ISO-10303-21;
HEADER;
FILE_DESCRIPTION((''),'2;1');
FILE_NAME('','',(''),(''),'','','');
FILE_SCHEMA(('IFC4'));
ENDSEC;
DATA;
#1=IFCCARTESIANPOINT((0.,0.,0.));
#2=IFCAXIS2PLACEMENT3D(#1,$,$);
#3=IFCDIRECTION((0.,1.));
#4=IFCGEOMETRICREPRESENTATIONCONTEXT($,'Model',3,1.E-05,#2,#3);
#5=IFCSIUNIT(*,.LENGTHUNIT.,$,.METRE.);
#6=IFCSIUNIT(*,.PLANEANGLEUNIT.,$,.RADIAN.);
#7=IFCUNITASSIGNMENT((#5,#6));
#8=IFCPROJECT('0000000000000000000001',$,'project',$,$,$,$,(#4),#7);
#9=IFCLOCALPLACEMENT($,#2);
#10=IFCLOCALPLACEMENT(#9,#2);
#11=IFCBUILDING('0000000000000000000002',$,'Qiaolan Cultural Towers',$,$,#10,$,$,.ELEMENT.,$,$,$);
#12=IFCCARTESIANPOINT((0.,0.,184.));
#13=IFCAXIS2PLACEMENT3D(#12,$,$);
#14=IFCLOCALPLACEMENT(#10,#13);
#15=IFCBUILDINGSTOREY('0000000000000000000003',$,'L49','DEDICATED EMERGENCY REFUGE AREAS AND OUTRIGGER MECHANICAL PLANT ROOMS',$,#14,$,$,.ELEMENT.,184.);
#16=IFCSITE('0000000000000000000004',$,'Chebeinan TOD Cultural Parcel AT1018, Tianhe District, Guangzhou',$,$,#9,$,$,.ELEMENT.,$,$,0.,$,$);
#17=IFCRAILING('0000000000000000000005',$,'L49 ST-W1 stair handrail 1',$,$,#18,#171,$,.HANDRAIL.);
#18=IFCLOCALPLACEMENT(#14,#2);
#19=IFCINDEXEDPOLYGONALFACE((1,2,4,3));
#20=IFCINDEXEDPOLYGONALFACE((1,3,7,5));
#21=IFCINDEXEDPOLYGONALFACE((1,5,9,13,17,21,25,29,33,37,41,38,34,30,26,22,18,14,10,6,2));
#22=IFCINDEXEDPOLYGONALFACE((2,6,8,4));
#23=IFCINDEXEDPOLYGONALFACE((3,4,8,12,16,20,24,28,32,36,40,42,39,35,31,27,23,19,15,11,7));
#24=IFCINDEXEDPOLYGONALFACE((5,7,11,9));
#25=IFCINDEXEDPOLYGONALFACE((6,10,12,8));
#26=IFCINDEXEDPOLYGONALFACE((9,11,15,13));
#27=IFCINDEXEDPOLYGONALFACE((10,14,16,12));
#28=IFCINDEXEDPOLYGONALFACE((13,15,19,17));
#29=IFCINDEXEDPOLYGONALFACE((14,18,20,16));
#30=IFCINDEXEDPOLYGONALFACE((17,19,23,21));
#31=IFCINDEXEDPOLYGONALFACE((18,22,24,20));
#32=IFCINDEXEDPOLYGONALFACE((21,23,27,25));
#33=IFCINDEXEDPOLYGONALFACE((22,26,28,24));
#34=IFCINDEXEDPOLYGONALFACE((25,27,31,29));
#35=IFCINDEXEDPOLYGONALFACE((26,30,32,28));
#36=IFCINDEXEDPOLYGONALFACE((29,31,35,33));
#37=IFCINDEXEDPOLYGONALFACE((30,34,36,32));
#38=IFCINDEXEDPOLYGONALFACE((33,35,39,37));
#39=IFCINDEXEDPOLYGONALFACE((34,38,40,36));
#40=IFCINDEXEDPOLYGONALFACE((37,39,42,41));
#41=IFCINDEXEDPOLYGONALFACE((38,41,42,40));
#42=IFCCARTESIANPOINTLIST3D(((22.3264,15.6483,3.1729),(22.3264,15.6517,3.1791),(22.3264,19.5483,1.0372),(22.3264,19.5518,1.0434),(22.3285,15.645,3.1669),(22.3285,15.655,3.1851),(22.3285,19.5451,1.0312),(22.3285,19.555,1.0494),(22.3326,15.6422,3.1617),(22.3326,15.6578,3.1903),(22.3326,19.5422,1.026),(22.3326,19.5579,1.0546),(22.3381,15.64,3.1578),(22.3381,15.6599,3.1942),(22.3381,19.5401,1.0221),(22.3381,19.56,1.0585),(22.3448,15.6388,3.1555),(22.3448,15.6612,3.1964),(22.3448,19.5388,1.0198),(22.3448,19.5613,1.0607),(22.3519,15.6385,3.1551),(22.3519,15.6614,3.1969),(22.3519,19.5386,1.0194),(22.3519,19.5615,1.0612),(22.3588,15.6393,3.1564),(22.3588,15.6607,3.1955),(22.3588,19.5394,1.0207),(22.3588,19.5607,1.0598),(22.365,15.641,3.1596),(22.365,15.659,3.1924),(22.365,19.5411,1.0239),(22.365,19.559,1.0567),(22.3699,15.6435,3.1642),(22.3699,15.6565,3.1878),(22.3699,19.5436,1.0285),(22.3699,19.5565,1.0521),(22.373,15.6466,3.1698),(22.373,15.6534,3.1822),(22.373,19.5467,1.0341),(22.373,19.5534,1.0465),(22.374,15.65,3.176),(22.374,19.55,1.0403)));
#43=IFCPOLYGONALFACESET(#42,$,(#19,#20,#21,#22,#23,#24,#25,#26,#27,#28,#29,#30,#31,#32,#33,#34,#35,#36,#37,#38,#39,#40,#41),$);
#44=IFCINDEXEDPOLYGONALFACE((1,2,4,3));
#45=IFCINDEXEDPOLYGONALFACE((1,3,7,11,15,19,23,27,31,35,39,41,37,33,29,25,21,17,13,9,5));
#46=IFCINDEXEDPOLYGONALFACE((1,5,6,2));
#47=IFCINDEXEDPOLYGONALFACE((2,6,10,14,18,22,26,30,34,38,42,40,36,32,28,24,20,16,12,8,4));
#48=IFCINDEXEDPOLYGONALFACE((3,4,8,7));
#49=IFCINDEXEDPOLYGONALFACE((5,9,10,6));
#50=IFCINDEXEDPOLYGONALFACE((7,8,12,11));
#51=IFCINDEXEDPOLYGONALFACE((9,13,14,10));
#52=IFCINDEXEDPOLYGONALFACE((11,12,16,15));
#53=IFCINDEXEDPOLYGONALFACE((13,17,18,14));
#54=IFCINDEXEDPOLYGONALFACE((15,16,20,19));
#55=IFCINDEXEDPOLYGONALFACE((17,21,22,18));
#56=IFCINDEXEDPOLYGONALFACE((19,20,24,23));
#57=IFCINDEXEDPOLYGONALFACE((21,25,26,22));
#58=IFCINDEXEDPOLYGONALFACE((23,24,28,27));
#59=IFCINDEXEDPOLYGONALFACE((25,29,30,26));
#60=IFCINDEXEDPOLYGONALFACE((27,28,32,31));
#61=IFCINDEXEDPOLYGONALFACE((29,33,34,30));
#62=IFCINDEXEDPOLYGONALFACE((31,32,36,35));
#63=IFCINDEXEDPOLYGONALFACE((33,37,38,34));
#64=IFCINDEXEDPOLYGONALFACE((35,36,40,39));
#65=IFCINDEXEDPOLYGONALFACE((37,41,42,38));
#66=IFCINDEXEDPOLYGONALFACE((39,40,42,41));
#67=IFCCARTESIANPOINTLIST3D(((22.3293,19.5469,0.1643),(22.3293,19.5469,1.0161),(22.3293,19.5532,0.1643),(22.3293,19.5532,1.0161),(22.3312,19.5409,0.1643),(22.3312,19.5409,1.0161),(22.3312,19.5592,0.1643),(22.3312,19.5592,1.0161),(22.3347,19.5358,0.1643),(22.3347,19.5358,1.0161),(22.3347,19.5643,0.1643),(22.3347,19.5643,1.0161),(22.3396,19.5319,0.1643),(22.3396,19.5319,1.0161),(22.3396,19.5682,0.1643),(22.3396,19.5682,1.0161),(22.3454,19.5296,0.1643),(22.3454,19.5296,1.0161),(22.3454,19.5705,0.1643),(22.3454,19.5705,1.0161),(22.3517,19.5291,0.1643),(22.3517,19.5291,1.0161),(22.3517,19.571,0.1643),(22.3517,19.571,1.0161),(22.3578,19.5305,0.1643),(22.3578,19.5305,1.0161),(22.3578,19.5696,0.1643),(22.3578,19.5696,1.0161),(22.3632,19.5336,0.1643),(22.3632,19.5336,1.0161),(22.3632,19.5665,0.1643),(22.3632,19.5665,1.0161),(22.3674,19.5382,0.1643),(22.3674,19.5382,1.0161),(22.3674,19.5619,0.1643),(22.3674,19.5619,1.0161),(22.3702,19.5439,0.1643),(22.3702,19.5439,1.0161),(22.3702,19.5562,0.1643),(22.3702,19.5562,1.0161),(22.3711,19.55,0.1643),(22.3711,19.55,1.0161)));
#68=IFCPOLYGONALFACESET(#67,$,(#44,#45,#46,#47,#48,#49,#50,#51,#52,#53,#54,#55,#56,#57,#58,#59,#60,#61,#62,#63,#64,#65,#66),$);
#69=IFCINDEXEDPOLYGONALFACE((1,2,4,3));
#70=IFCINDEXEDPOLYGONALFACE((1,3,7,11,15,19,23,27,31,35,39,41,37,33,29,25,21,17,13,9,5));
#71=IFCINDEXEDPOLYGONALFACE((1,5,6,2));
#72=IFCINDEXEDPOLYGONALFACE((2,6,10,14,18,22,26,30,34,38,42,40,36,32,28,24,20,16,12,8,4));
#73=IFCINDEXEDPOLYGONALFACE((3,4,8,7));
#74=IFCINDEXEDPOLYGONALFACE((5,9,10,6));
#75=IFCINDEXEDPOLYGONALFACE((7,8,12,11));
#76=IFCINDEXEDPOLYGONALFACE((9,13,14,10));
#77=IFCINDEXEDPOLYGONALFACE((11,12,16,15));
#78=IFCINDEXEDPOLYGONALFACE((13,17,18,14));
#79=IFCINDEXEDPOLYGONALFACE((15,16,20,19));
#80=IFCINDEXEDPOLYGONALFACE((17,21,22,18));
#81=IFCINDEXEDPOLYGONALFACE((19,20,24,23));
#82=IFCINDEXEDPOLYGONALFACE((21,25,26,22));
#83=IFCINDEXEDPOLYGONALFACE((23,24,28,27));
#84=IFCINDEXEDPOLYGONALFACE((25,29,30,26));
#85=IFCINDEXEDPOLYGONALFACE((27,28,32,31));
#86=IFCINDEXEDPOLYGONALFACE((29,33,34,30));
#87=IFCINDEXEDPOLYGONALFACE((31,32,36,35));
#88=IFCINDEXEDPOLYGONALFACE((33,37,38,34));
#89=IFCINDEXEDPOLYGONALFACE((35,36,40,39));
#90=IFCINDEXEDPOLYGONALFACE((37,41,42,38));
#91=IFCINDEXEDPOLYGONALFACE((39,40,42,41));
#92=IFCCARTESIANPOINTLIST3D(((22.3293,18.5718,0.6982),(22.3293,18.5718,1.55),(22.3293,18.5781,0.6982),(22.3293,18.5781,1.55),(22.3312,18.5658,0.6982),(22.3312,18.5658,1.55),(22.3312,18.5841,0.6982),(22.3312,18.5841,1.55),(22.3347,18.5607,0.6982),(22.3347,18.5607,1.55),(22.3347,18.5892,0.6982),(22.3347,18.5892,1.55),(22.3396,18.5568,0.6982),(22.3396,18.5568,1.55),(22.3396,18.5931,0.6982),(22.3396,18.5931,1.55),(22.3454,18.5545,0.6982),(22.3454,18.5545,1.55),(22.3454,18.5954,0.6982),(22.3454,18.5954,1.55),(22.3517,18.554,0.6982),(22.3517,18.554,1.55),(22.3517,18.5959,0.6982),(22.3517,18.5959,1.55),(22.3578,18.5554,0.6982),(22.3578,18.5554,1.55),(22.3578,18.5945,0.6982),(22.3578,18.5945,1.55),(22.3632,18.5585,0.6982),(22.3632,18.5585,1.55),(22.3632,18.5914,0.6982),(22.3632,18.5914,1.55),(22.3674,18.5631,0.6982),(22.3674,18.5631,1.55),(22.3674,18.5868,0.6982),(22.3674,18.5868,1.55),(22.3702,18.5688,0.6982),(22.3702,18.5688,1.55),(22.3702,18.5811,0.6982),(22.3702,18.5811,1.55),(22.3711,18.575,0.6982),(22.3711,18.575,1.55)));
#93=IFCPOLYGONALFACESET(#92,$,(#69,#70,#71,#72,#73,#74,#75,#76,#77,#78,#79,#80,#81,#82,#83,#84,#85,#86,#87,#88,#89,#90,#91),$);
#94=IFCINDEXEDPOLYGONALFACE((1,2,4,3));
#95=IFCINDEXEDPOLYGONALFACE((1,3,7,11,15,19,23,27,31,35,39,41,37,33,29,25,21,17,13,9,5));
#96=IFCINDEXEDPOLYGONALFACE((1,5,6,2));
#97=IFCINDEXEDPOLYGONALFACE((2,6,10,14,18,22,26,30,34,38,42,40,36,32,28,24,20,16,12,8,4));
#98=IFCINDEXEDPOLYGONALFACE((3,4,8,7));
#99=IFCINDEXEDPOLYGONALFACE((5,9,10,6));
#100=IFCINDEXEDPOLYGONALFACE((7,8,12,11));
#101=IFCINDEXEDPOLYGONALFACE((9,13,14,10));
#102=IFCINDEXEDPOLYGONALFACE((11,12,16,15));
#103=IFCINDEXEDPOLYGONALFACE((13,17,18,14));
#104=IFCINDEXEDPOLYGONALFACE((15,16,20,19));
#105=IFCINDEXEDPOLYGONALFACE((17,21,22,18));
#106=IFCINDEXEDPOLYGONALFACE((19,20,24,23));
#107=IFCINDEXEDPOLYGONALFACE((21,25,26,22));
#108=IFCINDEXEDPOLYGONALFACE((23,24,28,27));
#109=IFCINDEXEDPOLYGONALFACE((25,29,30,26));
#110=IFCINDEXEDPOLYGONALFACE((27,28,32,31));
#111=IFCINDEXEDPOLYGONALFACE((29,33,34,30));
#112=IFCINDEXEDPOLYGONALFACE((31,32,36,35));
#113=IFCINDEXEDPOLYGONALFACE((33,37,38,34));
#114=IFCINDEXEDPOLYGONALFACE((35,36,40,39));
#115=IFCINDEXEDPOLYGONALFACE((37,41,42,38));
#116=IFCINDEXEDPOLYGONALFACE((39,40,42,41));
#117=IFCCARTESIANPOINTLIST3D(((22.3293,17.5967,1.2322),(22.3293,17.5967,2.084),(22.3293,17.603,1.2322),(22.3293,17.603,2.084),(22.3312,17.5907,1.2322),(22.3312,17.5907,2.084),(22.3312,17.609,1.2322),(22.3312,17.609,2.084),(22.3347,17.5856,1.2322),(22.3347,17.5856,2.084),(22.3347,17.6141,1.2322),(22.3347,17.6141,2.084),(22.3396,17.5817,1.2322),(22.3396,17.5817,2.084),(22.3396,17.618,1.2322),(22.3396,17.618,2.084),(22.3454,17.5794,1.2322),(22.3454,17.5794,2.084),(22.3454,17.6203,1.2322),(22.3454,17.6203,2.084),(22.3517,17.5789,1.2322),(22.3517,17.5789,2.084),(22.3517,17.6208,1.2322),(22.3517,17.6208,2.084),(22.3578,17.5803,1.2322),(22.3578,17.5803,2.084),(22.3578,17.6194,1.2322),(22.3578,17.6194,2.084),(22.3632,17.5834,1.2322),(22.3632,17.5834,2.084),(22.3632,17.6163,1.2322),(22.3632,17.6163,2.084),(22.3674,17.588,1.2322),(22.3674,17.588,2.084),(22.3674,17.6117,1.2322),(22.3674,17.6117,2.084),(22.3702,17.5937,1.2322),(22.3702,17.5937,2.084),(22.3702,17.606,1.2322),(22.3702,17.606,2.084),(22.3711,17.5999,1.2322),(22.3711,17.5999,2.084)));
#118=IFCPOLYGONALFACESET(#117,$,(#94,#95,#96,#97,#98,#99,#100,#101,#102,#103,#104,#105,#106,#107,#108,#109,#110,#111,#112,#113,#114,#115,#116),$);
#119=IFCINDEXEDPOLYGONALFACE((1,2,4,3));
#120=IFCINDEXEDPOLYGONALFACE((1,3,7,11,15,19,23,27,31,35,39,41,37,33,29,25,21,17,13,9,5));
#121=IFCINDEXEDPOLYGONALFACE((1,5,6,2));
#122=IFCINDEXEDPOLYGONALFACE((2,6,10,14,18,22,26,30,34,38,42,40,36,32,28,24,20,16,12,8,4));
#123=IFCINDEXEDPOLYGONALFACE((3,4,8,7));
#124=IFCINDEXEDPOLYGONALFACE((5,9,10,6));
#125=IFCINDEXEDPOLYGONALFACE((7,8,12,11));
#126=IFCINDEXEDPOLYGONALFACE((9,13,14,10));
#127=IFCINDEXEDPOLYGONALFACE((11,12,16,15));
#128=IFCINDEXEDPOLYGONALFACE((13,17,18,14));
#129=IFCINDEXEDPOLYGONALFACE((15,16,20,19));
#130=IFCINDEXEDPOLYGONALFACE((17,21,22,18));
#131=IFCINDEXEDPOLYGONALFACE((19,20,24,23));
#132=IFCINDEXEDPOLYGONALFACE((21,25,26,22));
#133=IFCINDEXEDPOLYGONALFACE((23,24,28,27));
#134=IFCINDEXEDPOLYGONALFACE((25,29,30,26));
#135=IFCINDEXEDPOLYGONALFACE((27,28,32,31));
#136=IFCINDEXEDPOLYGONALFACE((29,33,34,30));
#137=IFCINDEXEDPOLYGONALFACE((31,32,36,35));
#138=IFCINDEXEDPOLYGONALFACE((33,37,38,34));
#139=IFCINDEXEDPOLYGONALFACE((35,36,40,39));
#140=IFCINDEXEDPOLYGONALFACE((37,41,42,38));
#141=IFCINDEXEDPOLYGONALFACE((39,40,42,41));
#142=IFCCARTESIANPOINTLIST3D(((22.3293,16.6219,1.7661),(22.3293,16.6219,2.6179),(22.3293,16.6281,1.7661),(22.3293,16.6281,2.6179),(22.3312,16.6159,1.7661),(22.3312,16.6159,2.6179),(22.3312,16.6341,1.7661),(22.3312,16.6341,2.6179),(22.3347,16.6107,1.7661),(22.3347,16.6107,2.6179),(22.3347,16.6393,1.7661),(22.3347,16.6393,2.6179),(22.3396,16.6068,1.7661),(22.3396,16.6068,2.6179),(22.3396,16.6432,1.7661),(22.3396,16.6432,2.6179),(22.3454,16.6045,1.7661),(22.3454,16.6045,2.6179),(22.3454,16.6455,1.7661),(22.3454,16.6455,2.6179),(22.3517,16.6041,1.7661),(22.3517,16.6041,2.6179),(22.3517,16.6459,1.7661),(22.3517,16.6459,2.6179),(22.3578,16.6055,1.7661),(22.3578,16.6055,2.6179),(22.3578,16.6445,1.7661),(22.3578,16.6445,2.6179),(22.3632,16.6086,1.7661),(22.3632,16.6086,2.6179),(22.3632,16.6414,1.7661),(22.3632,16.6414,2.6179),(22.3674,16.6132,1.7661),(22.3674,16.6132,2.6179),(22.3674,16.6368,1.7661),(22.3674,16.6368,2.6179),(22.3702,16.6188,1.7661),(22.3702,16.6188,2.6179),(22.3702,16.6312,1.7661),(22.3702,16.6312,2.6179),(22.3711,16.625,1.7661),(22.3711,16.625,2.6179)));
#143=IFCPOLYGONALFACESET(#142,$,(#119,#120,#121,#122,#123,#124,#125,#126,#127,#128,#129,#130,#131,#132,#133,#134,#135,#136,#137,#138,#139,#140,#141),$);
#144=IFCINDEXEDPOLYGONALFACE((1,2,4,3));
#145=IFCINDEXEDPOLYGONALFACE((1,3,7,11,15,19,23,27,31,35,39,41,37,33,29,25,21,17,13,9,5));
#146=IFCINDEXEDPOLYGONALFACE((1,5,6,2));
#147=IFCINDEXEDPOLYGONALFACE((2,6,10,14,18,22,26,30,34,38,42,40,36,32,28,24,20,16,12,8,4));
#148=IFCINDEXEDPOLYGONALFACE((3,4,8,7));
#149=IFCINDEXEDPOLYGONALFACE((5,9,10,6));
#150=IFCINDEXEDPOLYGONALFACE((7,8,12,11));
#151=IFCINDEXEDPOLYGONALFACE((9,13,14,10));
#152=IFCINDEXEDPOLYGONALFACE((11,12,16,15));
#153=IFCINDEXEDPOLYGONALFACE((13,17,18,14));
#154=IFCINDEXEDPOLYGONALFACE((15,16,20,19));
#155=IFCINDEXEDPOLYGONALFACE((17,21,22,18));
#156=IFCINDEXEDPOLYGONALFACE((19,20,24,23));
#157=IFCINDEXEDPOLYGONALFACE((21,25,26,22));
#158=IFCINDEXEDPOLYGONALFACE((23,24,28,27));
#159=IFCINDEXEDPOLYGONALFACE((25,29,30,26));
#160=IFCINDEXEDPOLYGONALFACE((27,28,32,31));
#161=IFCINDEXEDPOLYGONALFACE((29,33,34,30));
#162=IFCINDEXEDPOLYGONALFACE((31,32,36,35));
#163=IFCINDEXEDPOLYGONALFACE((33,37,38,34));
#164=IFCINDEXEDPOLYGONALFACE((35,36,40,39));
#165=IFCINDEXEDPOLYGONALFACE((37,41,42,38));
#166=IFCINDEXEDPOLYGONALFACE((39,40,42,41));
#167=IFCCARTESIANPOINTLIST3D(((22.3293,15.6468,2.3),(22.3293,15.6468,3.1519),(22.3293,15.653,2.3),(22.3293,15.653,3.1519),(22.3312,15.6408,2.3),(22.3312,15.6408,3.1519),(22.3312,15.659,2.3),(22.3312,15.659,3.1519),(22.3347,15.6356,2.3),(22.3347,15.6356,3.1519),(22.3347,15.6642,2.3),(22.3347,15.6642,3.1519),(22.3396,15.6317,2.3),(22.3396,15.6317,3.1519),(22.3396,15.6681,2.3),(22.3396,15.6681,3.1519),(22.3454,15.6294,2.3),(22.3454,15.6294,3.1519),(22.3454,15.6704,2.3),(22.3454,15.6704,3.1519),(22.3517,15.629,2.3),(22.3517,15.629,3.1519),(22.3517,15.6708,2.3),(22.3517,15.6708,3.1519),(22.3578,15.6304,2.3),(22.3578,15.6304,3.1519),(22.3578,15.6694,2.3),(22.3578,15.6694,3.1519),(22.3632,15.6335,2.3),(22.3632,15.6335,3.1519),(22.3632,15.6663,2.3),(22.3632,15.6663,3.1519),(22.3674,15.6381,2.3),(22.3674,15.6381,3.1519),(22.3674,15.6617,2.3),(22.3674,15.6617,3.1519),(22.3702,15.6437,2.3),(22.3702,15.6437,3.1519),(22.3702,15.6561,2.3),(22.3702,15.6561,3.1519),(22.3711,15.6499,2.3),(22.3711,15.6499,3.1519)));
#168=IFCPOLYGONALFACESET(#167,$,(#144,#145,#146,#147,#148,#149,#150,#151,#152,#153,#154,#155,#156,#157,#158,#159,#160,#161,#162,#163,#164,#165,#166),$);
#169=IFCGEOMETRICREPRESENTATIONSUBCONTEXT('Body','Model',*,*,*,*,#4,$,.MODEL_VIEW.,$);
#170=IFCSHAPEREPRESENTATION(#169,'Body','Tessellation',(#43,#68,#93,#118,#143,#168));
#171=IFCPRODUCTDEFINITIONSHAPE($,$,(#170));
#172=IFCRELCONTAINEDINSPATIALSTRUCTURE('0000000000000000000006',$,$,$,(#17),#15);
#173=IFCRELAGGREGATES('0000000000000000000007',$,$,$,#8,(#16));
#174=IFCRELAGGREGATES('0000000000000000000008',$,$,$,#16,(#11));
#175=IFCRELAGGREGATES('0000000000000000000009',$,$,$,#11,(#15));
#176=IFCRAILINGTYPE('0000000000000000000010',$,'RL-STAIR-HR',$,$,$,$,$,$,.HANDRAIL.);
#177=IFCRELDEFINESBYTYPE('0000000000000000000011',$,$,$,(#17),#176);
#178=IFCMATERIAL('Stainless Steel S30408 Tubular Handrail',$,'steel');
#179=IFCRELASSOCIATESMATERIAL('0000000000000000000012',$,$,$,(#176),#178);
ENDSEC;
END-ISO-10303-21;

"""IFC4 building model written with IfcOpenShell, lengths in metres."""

from ifc_helpers import new_model, si_unit, direction, frame, origin, origin_2d, place, context, subcontext, project, spatial, circle, extrude, material, type_object, element, save


model = new_model("IFC4")

# Units and contexts
model_context = context("Model", 3, precision=1e-05, world=origin(), true_north=direction((0.0, 1.0)))
body_context = subcontext(model_context, "Body", "Model", "MODEL_VIEW")
ifc_project = project(units=[si_unit("LENGTHUNIT", "METRE"), si_unit("PLANEANGLEUNIT", "RADIAN")], contexts=[model_context])

# Site, building, storey
site_placement = place(None, origin())
site = spatial("IfcSite", under=ifc_project, at=site_placement, Name="Chebeinan TOD Cultural Parcel AT1018, Tianhe District, Guangzhou", CompositionType="ELEMENT", RefElevation=0.0)
building_placement = place(site_placement, origin())
building = spatial("IfcBuilding", under=site, at=building_placement, Name="Qiaolan Cultural Towers", CompositionType="ELEMENT")
storey_placement = place(building_placement, frame((0.0, 0.0, 184.0)))
storey = spatial("IfcBuildingStorey", under=building, at=storey_placement, Name="L49", Description="DEDICATED EMERGENCY REFUGE AREAS AND OUTRIGGER MECHANICAL PLANT ROOMS", CompositionType="ELEMENT", Elevation=184.0)

# Railing
ifc_material_1 = material(Name="Stainless Steel S30408 Tubular Handrail", Category="steel")
railing_type_1 = type_object("IfcRailingType", Name="RL-STAIR-HR", PredefinedType="HANDRAIL", material=ifc_material_1)
railing_1_placement = place(storey_placement, frame((22.3501, 19.55, 0.1643)))
element("IfcRailing", 1, at=railing_1_placement, inside=storey, type_object=railing_type_1, Name="L49 ST-W1 stair handrail 1", PredefinedType="HANDRAIL", context=body_context, shape_type="SweptSolid", body=[
    extrude(circle(Radius=0.0239, at=origin_2d()), frame((0.0, 0.0, 0.876), z_axis=(0.0, -0.877101, 0.480306), x_axis=(1.0, 0.0, 0.0)), (0.0, 0.0, 1.0), 4.4465),
    extrude(circle(Radius=0.021, at=origin_2d()), origin(), (0.0, 0.0, 1.0), 0.8518),
    extrude(circle(Radius=0.021, at=origin_2d()), frame((0.0, -0.9751, 0.5339)), (0.0, 0.0, 1.0), 0.8518),
    extrude(circle(Radius=0.021, at=origin_2d()), frame((0.0, -1.9502, 1.0679)), (0.0, 0.0, 1.0), 0.8518),
    extrude(circle(Radius=0.021, at=origin_2d()), frame((0.0, -2.925, 1.6018)), (0.0, 0.0, 1.0), 0.8518),
    extrude(circle(Radius=0.021, at=origin_2d()), frame((0.0, -3.9001, 2.1357)), (0.0, 0.0, 1.0), 0.8518),
])

save(model, "model.ifc")
